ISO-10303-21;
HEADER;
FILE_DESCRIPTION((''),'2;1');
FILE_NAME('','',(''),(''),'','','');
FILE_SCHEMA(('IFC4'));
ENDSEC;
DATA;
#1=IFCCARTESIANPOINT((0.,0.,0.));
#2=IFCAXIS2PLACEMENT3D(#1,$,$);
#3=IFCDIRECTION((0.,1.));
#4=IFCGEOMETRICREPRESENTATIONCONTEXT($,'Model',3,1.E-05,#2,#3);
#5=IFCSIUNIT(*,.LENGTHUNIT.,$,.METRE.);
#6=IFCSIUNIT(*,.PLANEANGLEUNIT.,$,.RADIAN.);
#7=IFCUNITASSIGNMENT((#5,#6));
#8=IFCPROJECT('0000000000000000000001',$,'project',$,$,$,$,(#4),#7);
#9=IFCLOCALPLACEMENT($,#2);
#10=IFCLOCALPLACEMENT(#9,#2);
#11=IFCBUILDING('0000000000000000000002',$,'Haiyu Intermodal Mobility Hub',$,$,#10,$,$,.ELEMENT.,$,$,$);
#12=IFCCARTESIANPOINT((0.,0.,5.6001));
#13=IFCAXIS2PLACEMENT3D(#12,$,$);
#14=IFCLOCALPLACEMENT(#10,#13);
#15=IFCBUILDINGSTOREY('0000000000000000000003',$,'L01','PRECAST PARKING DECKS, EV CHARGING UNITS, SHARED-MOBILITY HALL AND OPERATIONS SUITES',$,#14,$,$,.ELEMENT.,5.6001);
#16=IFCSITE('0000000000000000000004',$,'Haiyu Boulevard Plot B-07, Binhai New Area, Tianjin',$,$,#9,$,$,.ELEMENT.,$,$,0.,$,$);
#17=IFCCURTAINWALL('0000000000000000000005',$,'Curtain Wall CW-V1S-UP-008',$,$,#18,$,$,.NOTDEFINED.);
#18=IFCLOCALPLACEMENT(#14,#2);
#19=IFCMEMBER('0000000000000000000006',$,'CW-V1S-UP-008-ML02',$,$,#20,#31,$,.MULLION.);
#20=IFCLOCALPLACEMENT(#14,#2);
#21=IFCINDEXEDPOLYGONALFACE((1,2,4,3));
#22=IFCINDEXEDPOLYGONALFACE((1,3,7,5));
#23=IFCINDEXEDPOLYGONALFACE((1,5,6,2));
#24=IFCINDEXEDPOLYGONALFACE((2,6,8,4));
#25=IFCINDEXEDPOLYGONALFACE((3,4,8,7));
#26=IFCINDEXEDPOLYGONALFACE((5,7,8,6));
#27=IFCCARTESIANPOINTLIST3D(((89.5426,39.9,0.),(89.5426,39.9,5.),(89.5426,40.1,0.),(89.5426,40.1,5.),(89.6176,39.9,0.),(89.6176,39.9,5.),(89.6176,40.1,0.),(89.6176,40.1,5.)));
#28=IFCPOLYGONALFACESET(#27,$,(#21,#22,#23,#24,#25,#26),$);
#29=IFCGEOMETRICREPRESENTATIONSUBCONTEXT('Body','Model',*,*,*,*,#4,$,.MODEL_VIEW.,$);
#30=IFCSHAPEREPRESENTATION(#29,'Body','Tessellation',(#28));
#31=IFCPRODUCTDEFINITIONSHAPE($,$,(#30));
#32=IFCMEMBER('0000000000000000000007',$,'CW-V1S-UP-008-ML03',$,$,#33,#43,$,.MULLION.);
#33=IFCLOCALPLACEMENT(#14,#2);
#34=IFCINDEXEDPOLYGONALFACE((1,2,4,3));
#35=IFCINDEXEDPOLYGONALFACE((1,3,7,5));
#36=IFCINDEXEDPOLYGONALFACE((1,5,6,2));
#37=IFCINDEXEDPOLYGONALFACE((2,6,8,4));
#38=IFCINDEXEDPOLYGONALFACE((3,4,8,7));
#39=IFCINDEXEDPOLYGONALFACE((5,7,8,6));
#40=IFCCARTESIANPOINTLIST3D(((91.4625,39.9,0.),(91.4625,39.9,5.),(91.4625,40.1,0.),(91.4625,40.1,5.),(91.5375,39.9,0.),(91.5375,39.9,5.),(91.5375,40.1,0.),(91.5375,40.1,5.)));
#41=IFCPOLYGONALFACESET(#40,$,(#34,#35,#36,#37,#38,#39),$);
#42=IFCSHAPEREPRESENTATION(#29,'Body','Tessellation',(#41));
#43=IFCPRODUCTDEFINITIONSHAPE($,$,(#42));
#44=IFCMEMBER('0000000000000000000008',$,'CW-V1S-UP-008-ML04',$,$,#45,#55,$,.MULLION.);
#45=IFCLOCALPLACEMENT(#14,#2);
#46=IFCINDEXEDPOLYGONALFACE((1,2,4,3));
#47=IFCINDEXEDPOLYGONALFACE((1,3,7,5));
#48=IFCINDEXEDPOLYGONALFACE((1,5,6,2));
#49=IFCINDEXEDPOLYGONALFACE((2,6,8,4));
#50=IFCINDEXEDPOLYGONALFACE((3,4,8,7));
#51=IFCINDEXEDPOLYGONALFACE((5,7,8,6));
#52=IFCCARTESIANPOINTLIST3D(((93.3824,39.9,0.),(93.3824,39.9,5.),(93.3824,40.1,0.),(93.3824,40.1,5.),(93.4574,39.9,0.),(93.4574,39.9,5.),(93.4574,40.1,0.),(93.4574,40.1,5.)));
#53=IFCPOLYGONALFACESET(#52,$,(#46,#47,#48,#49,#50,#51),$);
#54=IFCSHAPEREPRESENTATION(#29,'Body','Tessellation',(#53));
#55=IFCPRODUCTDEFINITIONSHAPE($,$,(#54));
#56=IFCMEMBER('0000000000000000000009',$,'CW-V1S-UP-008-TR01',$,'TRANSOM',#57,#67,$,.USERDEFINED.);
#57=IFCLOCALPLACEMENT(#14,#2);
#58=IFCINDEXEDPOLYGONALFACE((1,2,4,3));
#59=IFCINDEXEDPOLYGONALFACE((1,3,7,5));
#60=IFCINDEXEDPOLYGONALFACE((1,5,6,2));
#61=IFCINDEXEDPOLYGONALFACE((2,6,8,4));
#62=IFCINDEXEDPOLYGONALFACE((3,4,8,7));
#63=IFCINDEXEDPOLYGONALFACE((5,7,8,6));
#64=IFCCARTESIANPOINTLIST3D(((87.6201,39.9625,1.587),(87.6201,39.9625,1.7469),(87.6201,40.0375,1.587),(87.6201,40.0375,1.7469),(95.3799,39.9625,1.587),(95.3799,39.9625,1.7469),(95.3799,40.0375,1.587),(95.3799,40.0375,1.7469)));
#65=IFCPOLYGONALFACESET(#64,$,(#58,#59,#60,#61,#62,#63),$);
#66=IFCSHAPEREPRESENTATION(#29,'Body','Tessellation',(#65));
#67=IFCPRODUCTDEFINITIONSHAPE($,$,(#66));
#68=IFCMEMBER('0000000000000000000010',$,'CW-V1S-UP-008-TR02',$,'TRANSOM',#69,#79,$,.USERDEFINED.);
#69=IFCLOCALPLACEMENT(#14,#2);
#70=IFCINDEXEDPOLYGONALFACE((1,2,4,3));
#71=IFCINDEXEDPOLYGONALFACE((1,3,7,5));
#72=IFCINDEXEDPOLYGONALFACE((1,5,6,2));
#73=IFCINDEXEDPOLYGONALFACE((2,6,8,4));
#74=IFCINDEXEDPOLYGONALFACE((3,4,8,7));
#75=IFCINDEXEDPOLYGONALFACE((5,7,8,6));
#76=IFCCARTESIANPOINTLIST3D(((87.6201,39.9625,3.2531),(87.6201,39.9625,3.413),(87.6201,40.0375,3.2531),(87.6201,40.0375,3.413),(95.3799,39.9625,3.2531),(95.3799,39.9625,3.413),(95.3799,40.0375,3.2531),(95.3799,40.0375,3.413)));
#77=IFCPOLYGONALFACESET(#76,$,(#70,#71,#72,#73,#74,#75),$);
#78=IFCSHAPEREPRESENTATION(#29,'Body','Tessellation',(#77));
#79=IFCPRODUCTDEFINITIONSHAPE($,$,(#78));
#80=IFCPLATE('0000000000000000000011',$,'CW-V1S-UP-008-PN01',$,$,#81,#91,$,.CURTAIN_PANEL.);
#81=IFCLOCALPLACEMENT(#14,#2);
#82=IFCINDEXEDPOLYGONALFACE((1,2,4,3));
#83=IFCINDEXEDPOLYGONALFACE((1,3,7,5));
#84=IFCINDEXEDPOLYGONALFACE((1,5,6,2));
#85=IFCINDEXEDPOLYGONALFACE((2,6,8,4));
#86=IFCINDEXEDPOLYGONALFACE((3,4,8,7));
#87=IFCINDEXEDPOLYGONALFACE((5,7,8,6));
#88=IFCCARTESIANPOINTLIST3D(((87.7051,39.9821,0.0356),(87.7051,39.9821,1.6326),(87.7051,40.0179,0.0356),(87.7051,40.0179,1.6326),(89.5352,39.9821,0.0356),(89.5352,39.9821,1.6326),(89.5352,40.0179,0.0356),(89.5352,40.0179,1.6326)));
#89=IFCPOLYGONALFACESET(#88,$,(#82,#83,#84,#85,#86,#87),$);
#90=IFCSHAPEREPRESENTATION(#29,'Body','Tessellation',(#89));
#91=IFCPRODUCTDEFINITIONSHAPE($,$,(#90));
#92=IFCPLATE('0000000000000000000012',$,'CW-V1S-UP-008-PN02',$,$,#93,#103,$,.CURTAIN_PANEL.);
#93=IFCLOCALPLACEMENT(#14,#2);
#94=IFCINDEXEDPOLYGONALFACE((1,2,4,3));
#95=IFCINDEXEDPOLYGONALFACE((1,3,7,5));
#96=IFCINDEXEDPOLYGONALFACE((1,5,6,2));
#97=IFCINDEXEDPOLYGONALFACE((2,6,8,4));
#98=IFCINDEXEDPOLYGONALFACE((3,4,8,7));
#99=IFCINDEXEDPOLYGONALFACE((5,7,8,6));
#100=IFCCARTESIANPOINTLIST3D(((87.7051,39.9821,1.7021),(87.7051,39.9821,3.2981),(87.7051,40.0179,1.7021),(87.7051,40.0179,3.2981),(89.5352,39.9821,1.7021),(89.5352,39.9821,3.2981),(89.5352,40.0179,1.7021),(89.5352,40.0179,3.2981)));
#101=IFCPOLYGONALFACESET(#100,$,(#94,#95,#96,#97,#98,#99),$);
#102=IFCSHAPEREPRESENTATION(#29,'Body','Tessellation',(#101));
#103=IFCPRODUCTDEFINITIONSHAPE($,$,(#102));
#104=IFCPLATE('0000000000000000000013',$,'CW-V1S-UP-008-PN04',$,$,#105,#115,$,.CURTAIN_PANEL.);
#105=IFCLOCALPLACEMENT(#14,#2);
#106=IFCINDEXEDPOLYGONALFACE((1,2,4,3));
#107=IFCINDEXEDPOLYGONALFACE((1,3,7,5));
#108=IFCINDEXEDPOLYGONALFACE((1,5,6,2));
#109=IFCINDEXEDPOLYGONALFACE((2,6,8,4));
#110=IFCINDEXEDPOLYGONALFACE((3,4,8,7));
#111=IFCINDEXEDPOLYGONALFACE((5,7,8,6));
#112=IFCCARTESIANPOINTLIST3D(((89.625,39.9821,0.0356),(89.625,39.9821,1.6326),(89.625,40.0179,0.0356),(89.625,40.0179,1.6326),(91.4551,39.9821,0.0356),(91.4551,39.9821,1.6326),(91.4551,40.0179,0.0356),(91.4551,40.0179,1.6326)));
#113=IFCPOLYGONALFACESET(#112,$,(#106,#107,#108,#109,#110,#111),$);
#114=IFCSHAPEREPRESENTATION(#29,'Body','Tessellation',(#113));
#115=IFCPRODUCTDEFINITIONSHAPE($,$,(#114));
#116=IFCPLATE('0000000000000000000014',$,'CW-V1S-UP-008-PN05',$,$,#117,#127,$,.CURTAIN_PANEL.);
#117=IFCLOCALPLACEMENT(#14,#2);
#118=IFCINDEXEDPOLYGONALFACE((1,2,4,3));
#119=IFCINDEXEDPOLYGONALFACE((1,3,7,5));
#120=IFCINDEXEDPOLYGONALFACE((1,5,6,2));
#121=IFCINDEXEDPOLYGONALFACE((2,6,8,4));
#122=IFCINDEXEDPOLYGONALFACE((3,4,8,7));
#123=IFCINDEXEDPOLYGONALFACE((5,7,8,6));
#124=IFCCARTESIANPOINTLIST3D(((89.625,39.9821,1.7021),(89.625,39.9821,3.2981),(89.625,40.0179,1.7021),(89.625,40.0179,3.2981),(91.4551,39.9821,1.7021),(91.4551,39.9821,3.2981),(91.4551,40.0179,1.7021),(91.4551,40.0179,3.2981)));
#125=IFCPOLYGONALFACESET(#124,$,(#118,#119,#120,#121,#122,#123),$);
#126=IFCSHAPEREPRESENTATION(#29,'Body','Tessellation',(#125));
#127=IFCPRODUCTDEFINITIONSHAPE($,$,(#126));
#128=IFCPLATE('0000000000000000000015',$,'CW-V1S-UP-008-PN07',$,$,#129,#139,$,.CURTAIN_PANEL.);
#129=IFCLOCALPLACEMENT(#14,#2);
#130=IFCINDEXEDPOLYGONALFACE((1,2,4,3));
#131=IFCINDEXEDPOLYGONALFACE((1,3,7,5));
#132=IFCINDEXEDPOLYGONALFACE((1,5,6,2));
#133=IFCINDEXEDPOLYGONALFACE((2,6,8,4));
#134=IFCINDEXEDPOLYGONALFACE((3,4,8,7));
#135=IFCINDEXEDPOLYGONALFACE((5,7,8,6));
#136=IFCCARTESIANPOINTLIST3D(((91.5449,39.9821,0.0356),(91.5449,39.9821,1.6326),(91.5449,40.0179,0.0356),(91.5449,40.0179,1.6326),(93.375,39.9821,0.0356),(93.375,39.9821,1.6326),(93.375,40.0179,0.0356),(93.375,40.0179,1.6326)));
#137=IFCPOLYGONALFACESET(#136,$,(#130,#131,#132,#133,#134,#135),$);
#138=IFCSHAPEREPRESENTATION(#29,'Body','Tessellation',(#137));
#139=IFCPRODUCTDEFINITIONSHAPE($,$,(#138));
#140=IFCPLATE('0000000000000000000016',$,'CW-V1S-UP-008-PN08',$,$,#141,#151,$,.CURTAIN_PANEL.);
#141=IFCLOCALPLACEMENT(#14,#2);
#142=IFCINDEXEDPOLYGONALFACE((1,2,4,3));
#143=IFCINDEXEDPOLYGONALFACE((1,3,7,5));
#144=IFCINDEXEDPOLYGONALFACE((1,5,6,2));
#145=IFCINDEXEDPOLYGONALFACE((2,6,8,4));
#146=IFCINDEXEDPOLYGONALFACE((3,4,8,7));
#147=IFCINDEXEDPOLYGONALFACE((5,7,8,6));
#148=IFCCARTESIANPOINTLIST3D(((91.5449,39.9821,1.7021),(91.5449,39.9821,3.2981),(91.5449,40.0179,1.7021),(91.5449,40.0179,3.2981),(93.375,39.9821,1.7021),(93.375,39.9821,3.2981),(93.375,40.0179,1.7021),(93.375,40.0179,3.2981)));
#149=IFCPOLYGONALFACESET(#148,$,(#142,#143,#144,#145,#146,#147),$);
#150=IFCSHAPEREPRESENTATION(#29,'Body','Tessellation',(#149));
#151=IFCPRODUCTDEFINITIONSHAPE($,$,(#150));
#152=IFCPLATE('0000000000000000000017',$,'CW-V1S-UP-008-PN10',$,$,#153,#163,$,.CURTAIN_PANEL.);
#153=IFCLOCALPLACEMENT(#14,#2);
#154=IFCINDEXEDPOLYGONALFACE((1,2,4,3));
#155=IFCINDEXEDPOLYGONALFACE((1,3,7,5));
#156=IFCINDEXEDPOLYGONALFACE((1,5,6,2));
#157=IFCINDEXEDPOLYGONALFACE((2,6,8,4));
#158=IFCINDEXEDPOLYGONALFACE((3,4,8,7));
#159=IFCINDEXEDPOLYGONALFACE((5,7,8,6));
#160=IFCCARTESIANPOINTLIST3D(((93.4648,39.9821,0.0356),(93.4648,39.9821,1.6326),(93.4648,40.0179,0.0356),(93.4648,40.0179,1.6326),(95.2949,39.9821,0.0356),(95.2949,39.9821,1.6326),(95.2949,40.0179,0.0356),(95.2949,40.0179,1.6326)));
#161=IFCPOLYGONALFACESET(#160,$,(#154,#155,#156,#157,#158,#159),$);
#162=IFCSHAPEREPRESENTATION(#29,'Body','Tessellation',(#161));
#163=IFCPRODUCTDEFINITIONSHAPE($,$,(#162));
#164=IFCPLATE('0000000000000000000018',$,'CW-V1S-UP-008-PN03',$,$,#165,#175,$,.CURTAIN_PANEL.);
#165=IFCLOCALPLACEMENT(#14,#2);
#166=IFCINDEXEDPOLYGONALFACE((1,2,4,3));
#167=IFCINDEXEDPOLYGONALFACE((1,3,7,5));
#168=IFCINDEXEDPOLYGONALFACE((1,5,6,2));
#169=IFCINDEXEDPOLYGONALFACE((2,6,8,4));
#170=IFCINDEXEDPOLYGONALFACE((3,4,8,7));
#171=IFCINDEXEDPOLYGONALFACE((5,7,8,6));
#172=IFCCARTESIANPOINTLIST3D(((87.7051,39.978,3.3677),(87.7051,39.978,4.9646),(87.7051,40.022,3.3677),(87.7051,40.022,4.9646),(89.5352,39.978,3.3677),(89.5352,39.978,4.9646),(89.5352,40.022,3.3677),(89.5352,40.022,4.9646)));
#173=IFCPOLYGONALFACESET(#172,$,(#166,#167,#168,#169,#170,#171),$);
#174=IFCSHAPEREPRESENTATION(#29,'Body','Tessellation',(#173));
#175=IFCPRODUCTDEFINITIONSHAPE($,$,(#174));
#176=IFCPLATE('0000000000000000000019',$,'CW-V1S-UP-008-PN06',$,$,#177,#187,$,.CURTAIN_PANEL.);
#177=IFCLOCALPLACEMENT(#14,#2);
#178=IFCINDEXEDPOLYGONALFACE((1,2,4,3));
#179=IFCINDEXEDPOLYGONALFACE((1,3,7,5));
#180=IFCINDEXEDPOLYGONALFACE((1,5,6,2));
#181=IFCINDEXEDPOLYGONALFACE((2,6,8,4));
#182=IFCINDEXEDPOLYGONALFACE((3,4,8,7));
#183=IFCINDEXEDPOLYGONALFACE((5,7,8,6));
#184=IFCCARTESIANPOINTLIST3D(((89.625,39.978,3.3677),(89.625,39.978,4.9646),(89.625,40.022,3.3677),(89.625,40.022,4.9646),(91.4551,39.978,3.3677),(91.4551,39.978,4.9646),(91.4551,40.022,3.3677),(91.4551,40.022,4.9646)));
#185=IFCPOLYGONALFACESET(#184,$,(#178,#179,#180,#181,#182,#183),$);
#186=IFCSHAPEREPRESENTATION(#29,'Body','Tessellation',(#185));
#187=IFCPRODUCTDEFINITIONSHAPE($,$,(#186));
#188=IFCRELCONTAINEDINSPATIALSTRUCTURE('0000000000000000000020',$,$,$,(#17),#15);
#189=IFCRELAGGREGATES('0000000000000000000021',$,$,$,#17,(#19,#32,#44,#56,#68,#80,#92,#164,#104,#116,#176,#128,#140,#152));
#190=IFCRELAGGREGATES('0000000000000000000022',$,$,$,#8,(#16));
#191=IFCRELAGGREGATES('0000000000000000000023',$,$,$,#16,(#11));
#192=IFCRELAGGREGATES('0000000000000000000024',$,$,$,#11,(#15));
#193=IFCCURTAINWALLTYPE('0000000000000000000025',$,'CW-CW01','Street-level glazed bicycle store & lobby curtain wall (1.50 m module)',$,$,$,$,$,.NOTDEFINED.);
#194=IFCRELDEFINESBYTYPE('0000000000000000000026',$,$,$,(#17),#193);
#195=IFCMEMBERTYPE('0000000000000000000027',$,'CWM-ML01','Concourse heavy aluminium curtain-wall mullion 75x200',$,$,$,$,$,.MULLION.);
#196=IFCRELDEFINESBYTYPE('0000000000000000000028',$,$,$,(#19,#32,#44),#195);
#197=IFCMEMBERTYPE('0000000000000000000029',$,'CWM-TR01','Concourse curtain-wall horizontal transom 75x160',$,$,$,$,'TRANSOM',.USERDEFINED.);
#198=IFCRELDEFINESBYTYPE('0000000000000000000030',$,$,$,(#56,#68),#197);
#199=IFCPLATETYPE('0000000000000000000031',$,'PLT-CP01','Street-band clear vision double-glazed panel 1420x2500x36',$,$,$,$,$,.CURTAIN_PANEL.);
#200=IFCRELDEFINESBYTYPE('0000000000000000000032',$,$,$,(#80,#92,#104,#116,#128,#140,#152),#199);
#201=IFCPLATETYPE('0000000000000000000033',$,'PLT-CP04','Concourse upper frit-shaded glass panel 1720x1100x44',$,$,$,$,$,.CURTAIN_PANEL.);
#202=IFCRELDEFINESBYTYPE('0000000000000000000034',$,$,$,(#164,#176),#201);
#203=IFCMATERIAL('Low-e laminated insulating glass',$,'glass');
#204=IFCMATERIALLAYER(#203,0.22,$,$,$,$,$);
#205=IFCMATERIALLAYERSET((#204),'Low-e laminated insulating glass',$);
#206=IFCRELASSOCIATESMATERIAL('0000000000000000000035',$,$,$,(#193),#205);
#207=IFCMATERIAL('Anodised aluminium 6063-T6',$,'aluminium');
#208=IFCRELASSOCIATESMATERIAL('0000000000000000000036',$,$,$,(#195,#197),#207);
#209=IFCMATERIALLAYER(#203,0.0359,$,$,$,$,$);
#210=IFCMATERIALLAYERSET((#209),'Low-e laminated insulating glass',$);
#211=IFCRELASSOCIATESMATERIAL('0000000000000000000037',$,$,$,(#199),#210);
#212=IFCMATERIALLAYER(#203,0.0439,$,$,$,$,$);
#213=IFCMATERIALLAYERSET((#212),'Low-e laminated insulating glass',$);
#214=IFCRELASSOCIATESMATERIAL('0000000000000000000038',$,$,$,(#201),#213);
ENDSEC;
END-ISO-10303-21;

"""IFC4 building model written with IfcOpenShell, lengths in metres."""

from ifc_helpers import new_model, si_unit, direction, frame, origin, origin_2d, place, context, subcontext, project, spatial, rectangle, extrude, material, layer, layer_set, material_profile, profile_set, type_object, element, aggregate, save


model = new_model("IFC4")

# Units and contexts
model_context = context("Model", 3, precision=1e-05, world=origin(), true_north=direction((0.0, 1.0)))
body_context = subcontext(model_context, "Body", "Model", "MODEL_VIEW")
ifc_project = project(units=[si_unit("LENGTHUNIT", "METRE"), si_unit("PLANEANGLEUNIT", "RADIAN")], contexts=[model_context])

# Site, building, storey
site_placement = place(None, origin())
site = spatial("IfcSite", under=ifc_project, at=site_placement, Name="Haiyu Boulevard Plot B-07, Binhai New Area, Tianjin", CompositionType="ELEMENT", RefElevation=0.0)
building_placement = place(site_placement, origin())
building = spatial("IfcBuilding", under=site, at=building_placement, Name="Haiyu Intermodal Mobility Hub", CompositionType="ELEMENT")
storey_placement = place(building_placement, frame((0.0, 0.0, 5.6001)))
storey = spatial("IfcBuildingStorey", under=building, at=storey_placement, Name="L01", Description="PRECAST PARKING DECKS, EV CHARGING UNITS, SHARED-MOBILITY HALL AND OPERATIONS SUITES", CompositionType="ELEMENT", Elevation=5.6001)

# Shared definitions
ifc_material_1 = material(Name="Low-e laminated insulating glass", Category="glass")
ifc_layer_1 = layer(ifc_material_1, 0.22)
ifc_layer_set_1 = layer_set([ifc_layer_1], Name="Low-e laminated insulating glass")
curtain_wall_type = type_object("IfcCurtainWallType", Name="CW-CW01", Description="Street-level glazed bicycle store & lobby curtain wall (1.50 m module)", PredefinedType="NOTDEFINED", material=ifc_layer_set_1)
ifc_material_2 = material(Name="Anodised aluminium 6063-T6", Category="aluminium")
ifc_material_profile_1 = material_profile(ifc_material_2, rectangle(XDim=0.075, YDim=0.2, at=origin_2d()), Name="ALU75x200")
ifc_profile_set_1 = profile_set([ifc_material_profile_1], Name="Anodised aluminium 6063-T6")
member_type_1 = type_object("IfcMemberType", Name="CWM-ML01", Description="Concourse heavy aluminium curtain-wall mullion 75x200", PredefinedType="MULLION", material=ifc_profile_set_1)

# Curtain wall, members, plates
curtain_wall_1_placement = place(storey_placement, origin())
curtain_wall_1 = element("IfcCurtainWall", 1, at=curtain_wall_1_placement, inside=storey, type_object=curtain_wall_type, Name="Curtain Wall CW-V1S-UP-008", PredefinedType="NOTDEFINED")
member_1_placement = place(storey_placement, frame((89.5801, 40.0, 0.0), z_axis=(0.0, 0.0, 1.0), x_axis=(1.0, 0.0, 0.0)))
member_1 = element("IfcMember", 2, at=member_1_placement, type_object=member_type_1, Name="CW-V1S-UP-008-ML02", PredefinedType="MULLION", context=body_context, shape_type="SweptSolid", body=[
    extrude(rectangle(XDim=0.075, YDim=0.2, at=origin_2d()), origin(), (0.0, 0.0, 1.0), 5.0),
])
member_2_placement = place(storey_placement, frame((91.5, 40.0, 0.0), z_axis=(0.0, 0.0, 1.0), x_axis=(1.0, 0.0, 0.0)))
member_2 = element("IfcMember", 3, at=member_2_placement, type_object=member_type_1, Name="CW-V1S-UP-008-ML03", PredefinedType="MULLION", context=body_context, shape_type="SweptSolid", body=[
    extrude(rectangle(XDim=0.075, YDim=0.2, at=origin_2d()), origin(), (0.0, 0.0, 1.0), 5.0),
])
member_3_placement = place(storey_placement, frame((93.4199, 40.0, 0.0), z_axis=(0.0, 0.0, 1.0), x_axis=(1.0, 0.0, 0.0)))
member_3 = element("IfcMember", 4, at=member_3_placement, type_object=member_type_1, Name="CW-V1S-UP-008-ML04", PredefinedType="MULLION", context=body_context, shape_type="SweptSolid", body=[
    extrude(rectangle(XDim=0.075, YDim=0.2, at=origin_2d()), origin(), (0.0, 0.0, 1.0), 5.0),
])
ifc_material_profile_2 = material_profile(ifc_material_2, rectangle(XDim=0.075, YDim=0.1599, at=origin_2d()), Name="ALU75x160")
ifc_profile_set_2 = profile_set([ifc_material_profile_2], Name="Anodised aluminium 6063-T6")
member_type_2 = type_object("IfcMemberType", Name="CWM-TR01", Description="Concourse curtain-wall horizontal transom 75x160", ElementType="TRANSOM", PredefinedType="USERDEFINED", material=ifc_profile_set_2)
member_4_placement = place(storey_placement, frame((87.6201, 40.0, 1.667), z_axis=(1.0, 0.0, 0.0), x_axis=(0.0, 1.0, 0.0)))
member_4 = element("IfcMember", 5, at=member_4_placement, type_object=member_type_2, Name="CW-V1S-UP-008-TR01", ObjectType="TRANSOM", PredefinedType="USERDEFINED", context=body_context, shape_type="SweptSolid", body=[
    extrude(rectangle(XDim=0.075, YDim=0.1599, at=origin_2d()), origin(), (0.0, 0.0, 1.0), 7.7598),
])
member_5_placement = place(storey_placement, frame((87.6201, 40.0, 3.333), z_axis=(1.0, 0.0, 0.0), x_axis=(0.0, 1.0, 0.0)))
member_5 = element("IfcMember", 6, at=member_5_placement, type_object=member_type_2, Name="CW-V1S-UP-008-TR02", ObjectType="TRANSOM", PredefinedType="USERDEFINED", context=body_context, shape_type="SweptSolid", body=[
    extrude(rectangle(XDim=0.075, YDim=0.1599, at=origin_2d()), origin(), (0.0, 0.0, 1.0), 7.7598),
])
ifc_layer_2 = layer(ifc_material_1, 0.0359)
ifc_layer_set_2 = layer_set([ifc_layer_2], Name="Low-e laminated insulating glass")
plate_type_1 = type_object("IfcPlateType", Name="PLT-CP01", Description="Street-band clear vision double-glazed panel 1420x2500x36", PredefinedType="CURTAIN_PANEL", material=ifc_layer_set_2)
plate_1_placement = place(storey_placement, frame((88.6201, 40.0, 0.0356), z_axis=(0.0, 0.0, 1.0), x_axis=(1.0, 0.0, 0.0)))
plate_1 = element("IfcPlate", 7, at=plate_1_placement, type_object=plate_type_1, Name="CW-V1S-UP-008-PN01", PredefinedType="CURTAIN_PANEL", context=body_context, shape_type="SweptSolid", body=[
    extrude(rectangle(XDim=1.8301, YDim=0.0359, at=origin_2d()), origin(), (0.0, 0.0, 1.0), 1.5969),
])
plate_2_placement = place(storey_placement, frame((88.6201, 40.0, 1.7021), z_axis=(0.0, 0.0, 1.0), x_axis=(1.0, 0.0, 0.0)))
plate_2 = element("IfcPlate", 8, at=plate_2_placement, type_object=plate_type_1, Name="CW-V1S-UP-008-PN02", PredefinedType="CURTAIN_PANEL", context=body_context, shape_type="SweptSolid", body=[
    extrude(rectangle(XDim=1.8301, YDim=0.0359, at=origin_2d()), origin(), (0.0, 0.0, 1.0), 1.5959),
])
plate_3_placement = place(storey_placement, frame((90.54, 40.0, 0.0356), z_axis=(0.0, 0.0, 1.0), x_axis=(1.0, 0.0, 0.0)))
plate_3 = element("IfcPlate", 9, at=plate_3_placement, type_object=plate_type_1, Name="CW-V1S-UP-008-PN04", PredefinedType="CURTAIN_PANEL", context=body_context, shape_type="SweptSolid", body=[
    extrude(rectangle(XDim=1.8301, YDim=0.0359, at=origin_2d()), origin(), (0.0, 0.0, 1.0), 1.5969),
])
plate_4_placement = place(storey_placement, frame((90.54, 40.0, 1.7021), z_axis=(0.0, 0.0, 1.0), x_axis=(1.0, 0.0, 0.0)))
plate_4 = element("IfcPlate", 10, at=plate_4_placement, type_object=plate_type_1, Name="CW-V1S-UP-008-PN05", PredefinedType="CURTAIN_PANEL", context=body_context, shape_type="SweptSolid", body=[
    extrude(rectangle(XDim=1.8301, YDim=0.0359, at=origin_2d()), origin(), (0.0, 0.0, 1.0), 1.5959),
])
plate_5_placement = place(storey_placement, frame((92.46, 40.0, 0.0356), z_axis=(0.0, 0.0, 1.0), x_axis=(1.0, 0.0, 0.0)))
plate_5 = element("IfcPlate", 11, at=plate_5_placement, type_object=plate_type_1, Name="CW-V1S-UP-008-PN07", PredefinedType="CURTAIN_PANEL", context=body_context, shape_type="SweptSolid", body=[
    extrude(rectangle(XDim=1.8301, YDim=0.0359, at=origin_2d()), origin(), (0.0, 0.0, 1.0), 1.5969),
])
plate_6_placement = place(storey_placement, frame((92.46, 40.0, 1.7021), z_axis=(0.0, 0.0, 1.0), x_axis=(1.0, 0.0, 0.0)))
plate_6 = element("IfcPlate", 12, at=plate_6_placement, type_object=plate_type_1, Name="CW-V1S-UP-008-PN08", PredefinedType="CURTAIN_PANEL", context=body_context, shape_type="SweptSolid", body=[
    extrude(rectangle(XDim=1.8301, YDim=0.0359, at=origin_2d()), origin(), (0.0, 0.0, 1.0), 1.5959),
])
plate_7_placement = place(storey_placement, frame((94.3799, 40.0, 0.0356), z_axis=(0.0, 0.0, 1.0), x_axis=(1.0, 0.0, 0.0)))
plate_7 = element("IfcPlate", 13, at=plate_7_placement, type_object=plate_type_1, Name="CW-V1S-UP-008-PN10", PredefinedType="CURTAIN_PANEL", context=body_context, shape_type="SweptSolid", body=[
    extrude(rectangle(XDim=1.8301, YDim=0.0359, at=origin_2d()), origin(), (0.0, 0.0, 1.0), 1.5969),
])
ifc_layer_3 = layer(ifc_material_1, 0.0439)
ifc_layer_set_3 = layer_set([ifc_layer_3], Name="Low-e laminated insulating glass")
plate_type_2 = type_object("IfcPlateType", Name="PLT-CP04", Description="Concourse upper frit-shaded glass panel 1720x1100x44", PredefinedType="CURTAIN_PANEL", material=ifc_layer_set_3)
plate_8_placement = place(storey_placement, frame((88.6201, 40.0, 3.3677), z_axis=(0.0, 0.0, 1.0), x_axis=(1.0, 0.0, 0.0)))
plate_8 = element("IfcPlate", 14, at=plate_8_placement, type_object=plate_type_2, Name="CW-V1S-UP-008-PN03", PredefinedType="CURTAIN_PANEL", context=body_context, shape_type="SweptSolid", body=[
    extrude(rectangle(XDim=1.8301, YDim=0.0439, at=origin_2d()), origin(), (0.0, 0.0, 1.0), 1.5969),
])
plate_9_placement = place(storey_placement, frame((90.54, 40.0, 3.3677), z_axis=(0.0, 0.0, 1.0), x_axis=(1.0, 0.0, 0.0)))
plate_9 = element("IfcPlate", 15, at=plate_9_placement, type_object=plate_type_2, Name="CW-V1S-UP-008-PN06", PredefinedType="CURTAIN_PANEL", context=body_context, shape_type="SweptSolid", body=[
    extrude(rectangle(XDim=1.8301, YDim=0.0439, at=origin_2d()), origin(), (0.0, 0.0, 1.0), 1.5969),
])
aggregate(curtain_wall_1, [member_1, member_2, member_3, member_4, member_5, plate_1, plate_2, plate_8, plate_3, plate_4, plate_9, plate_5, plate_6, plate_7])

save(model, "model.ifc")
